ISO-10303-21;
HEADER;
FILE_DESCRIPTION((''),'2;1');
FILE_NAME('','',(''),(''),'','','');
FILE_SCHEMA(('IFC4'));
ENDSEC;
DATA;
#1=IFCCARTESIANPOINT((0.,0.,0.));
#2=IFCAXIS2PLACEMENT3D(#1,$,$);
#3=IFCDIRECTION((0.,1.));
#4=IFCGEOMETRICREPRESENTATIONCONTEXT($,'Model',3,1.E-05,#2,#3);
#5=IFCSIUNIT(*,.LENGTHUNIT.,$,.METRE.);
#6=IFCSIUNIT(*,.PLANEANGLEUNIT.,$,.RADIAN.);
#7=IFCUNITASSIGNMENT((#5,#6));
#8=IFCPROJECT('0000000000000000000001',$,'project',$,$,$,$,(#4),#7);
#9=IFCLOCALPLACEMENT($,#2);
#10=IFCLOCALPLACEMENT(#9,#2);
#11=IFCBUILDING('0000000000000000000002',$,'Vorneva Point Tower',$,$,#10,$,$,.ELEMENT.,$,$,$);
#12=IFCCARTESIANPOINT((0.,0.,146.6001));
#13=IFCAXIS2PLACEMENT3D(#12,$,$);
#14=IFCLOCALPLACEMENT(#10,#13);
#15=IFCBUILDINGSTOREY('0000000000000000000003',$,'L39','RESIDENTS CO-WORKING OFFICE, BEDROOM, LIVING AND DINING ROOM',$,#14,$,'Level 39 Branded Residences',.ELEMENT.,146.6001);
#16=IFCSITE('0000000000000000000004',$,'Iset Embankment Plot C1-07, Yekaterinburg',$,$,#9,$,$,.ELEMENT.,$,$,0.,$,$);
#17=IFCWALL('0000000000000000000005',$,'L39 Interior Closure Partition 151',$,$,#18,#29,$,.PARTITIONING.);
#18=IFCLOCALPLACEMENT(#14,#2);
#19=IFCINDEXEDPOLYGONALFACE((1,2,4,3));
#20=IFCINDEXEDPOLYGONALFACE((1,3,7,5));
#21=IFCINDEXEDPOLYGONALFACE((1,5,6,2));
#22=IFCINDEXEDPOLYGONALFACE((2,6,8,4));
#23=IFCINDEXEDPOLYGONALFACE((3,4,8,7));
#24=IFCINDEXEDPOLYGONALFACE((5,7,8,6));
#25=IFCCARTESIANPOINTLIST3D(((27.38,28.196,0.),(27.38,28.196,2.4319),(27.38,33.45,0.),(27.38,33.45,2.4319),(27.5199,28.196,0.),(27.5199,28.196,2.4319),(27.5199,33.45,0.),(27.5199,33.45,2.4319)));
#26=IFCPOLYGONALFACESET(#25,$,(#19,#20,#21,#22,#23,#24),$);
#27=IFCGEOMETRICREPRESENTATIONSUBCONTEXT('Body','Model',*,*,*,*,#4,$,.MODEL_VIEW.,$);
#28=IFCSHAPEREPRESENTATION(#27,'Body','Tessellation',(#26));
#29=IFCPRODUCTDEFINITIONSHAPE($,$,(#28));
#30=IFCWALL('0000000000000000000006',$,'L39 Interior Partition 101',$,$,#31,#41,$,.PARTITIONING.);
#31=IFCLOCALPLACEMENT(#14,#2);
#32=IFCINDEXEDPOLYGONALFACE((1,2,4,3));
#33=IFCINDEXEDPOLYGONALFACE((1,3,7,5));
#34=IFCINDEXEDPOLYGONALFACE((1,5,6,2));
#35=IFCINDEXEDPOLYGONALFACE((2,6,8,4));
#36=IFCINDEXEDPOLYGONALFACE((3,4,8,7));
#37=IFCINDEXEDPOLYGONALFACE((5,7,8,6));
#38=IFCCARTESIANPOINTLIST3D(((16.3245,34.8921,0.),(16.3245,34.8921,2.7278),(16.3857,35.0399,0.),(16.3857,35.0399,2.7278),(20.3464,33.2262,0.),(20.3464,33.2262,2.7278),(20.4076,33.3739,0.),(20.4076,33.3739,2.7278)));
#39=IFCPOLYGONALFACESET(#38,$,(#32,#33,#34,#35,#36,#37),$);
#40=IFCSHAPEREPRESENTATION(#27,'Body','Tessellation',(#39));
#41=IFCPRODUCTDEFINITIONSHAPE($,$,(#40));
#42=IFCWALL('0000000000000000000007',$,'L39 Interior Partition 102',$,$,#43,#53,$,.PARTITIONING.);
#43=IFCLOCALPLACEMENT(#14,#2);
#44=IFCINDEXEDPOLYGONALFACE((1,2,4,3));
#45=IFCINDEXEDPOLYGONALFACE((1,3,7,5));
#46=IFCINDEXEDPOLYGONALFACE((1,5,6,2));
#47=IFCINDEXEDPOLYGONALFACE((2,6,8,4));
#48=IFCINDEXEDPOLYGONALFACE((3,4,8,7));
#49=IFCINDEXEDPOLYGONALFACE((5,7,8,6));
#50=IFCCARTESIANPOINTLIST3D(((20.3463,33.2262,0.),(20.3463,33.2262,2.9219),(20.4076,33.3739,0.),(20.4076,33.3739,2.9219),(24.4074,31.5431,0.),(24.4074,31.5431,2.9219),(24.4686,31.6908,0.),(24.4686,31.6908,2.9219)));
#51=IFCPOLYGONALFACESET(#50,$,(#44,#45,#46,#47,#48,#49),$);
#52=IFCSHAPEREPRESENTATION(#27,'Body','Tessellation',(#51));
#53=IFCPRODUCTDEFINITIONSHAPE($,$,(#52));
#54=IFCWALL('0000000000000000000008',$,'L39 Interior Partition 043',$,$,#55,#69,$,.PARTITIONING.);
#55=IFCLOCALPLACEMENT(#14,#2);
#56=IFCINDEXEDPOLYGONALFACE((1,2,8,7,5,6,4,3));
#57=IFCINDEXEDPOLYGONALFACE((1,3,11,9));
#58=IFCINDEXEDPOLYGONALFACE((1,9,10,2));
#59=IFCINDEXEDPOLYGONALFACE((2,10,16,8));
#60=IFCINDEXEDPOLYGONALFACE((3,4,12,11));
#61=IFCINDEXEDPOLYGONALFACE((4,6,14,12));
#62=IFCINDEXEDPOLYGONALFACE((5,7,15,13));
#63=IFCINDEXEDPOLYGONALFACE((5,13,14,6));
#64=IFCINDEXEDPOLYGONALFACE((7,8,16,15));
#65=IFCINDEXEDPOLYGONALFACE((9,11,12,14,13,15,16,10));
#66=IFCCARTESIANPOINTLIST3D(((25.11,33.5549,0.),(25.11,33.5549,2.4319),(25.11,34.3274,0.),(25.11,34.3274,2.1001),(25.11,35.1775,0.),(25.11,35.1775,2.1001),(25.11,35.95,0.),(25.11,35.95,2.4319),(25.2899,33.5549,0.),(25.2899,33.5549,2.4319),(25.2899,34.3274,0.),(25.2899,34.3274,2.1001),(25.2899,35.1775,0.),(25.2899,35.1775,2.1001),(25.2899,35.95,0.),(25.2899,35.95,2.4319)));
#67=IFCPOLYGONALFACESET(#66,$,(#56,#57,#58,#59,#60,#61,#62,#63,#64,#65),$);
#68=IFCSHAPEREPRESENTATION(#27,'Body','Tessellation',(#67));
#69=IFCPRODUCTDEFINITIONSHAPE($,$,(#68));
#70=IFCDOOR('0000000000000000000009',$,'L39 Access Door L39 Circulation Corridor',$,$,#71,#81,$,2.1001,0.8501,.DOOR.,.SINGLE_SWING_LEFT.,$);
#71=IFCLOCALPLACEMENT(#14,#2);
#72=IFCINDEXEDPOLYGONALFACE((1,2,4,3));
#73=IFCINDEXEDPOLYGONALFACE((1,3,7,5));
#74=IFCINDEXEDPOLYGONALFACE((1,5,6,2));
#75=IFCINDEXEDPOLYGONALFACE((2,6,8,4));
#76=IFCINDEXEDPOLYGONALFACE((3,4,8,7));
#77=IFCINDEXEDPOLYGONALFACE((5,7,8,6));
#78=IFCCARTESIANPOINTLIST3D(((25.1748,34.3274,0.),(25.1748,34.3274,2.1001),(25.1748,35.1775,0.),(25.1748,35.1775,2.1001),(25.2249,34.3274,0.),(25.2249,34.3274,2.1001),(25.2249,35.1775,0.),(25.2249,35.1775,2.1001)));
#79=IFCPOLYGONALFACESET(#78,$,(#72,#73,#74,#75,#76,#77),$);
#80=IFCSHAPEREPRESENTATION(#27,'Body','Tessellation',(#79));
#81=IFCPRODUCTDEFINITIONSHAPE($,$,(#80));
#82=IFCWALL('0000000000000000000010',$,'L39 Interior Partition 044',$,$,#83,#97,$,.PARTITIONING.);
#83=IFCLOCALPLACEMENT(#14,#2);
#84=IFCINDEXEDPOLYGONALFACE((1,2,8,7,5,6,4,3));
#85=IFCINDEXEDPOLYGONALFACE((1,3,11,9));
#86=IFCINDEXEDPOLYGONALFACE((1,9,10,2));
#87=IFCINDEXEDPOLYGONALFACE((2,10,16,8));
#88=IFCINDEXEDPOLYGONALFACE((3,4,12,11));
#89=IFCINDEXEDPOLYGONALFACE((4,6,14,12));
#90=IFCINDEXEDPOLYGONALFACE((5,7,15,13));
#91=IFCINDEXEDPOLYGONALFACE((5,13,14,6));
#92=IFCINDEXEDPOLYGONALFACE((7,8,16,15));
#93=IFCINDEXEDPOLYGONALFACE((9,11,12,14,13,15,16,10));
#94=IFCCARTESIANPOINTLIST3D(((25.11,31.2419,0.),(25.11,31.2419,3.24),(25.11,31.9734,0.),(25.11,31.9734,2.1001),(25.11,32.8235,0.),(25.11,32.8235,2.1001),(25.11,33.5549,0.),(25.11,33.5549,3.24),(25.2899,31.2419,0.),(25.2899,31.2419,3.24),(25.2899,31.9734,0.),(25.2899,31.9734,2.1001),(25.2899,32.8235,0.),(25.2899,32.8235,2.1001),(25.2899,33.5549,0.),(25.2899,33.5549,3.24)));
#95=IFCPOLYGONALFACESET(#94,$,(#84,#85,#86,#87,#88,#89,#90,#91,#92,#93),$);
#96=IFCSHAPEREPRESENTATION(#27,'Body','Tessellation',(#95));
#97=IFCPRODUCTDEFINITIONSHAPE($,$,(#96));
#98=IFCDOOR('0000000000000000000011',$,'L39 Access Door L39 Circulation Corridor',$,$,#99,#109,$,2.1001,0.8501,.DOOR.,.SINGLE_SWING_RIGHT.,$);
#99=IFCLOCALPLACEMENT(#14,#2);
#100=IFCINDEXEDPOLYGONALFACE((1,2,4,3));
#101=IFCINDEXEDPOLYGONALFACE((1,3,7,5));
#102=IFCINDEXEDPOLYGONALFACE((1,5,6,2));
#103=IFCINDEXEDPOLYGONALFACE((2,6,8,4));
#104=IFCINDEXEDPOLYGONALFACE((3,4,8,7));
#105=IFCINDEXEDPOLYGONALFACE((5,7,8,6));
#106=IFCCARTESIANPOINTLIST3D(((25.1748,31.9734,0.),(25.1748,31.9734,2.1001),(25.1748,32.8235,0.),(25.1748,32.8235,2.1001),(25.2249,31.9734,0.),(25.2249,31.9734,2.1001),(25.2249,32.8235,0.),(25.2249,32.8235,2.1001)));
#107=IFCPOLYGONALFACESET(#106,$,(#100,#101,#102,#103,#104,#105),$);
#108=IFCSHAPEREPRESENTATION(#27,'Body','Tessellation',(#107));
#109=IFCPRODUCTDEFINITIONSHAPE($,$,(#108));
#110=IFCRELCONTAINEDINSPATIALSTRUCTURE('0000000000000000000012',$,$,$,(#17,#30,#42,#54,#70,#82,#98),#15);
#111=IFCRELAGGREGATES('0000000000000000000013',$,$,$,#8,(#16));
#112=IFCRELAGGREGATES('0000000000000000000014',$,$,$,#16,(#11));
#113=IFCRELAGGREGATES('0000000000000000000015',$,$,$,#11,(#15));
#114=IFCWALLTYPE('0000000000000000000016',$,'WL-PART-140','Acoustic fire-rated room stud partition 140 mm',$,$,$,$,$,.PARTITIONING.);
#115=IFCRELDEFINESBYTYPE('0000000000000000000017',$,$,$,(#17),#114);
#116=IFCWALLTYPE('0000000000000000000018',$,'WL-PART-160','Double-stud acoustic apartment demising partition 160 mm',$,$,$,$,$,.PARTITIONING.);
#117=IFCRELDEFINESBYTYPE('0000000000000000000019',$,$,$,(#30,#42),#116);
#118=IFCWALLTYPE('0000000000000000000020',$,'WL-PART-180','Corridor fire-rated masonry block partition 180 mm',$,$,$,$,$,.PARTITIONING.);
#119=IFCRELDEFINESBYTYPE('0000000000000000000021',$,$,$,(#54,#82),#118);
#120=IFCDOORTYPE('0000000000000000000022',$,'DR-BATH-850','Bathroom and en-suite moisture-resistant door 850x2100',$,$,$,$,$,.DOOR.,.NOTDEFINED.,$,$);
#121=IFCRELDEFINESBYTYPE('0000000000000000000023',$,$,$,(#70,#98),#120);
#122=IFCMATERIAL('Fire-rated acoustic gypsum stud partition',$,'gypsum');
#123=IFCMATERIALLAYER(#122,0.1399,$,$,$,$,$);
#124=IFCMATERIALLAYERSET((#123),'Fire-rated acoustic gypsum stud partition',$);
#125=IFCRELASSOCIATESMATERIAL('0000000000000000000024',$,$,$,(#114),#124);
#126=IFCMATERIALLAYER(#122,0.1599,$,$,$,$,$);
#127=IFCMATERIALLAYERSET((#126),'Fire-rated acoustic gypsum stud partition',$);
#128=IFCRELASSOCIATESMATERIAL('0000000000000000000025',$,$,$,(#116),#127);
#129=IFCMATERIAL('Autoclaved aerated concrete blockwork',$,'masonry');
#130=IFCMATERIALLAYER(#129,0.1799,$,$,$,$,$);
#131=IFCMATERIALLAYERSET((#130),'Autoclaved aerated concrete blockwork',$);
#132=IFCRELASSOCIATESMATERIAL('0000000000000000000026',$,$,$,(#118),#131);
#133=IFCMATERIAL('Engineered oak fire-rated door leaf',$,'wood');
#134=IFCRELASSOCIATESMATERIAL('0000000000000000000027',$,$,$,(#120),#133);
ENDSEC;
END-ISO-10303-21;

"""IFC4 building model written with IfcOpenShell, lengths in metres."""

from ifc_helpers import new_model, si_unit, direction, frame, frame_2d, origin, place, context, subcontext, project, spatial, rectangle, extrude, material, layer, layer_set, type_object, element, fill, save


model = new_model("IFC4")

# Units and contexts
model_context = context("Model", 3, precision=1e-05, world=origin(), true_north=direction((0.0, 1.0)))
body_context = subcontext(model_context, "Body", "Model", "MODEL_VIEW")
ifc_project = project(units=[si_unit("LENGTHUNIT", "METRE"), si_unit("PLANEANGLEUNIT", "RADIAN")], contexts=[model_context])

# Site, building, storey
site_placement = place(None, origin())
site = spatial("IfcSite", under=ifc_project, at=site_placement, Name="Iset Embankment Plot C1-07, Yekaterinburg", CompositionType="ELEMENT", RefElevation=0.0)
building_placement = place(site_placement, origin())
building = spatial("IfcBuilding", under=site, at=building_placement, Name="Vorneva Point Tower", CompositionType="ELEMENT")
storey_placement = place(building_placement, frame((0.0, 0.0, 146.6001)))
storey = spatial("IfcBuildingStorey", under=building, at=storey_placement, Name="L39", Description="RESIDENTS CO-WORKING OFFICE, BEDROOM, LIVING AND DINING ROOM", LongName="Level 39 Branded Residences", CompositionType="ELEMENT", Elevation=146.6001)

# Shared definitions
ifc_material_1 = material(Name="Fire-rated acoustic gypsum stud partition", Category="gypsum")

# Shared definitions
ifc_material_2 = material(Name="Engineered oak fire-rated door leaf", Category="wood")

# Walls
ifc_layer_1 = layer(ifc_material_1, 0.1399)
ifc_layer_set_1 = layer_set([ifc_layer_1], Name="Fire-rated acoustic gypsum stud partition")
wall_type_1 = type_object("IfcWallType", Name="WL-PART-140", Description="Acoustic fire-rated room stud partition 140 mm", PredefinedType="PARTITIONING", material=ifc_layer_set_1)
wall_1_placement = place(storey_placement, frame((27.45, 33.45, 0.0), z_axis=(0.0, 0.0, 1.0), x_axis=(0.0, -1.0, 0.0)))
element("IfcWall", 1, at=wall_1_placement, inside=storey, type_object=wall_type_1, Name="L39 Interior Closure Partition 151", PredefinedType="PARTITIONING", context=body_context, shape_type="SweptSolid", body=[
    extrude(rectangle(XDim=5.2539, YDim=0.1399, at=frame_2d((2.627, 0.0))), origin(), (0.0, 0.0, 1.0), 2.4319),
])
ifc_layer_2 = layer(ifc_material_1, 0.1599)
ifc_layer_set_2 = layer_set([ifc_layer_2], Name="Fire-rated acoustic gypsum stud partition")
wall_type_2 = type_object("IfcWallType", Name="WL-PART-160", Description="Double-stud acoustic apartment demising partition 160 mm", PredefinedType="PARTITIONING", material=ifc_layer_set_2)
wall_2_placement = place(storey_placement, frame((16.355, 34.9661, 0.0), z_axis=(0.0, 0.0, 1.0), x_axis=(0.923875, -0.382695, 0.0)))
element("IfcWall", 2, at=wall_2_placement, inside=storey, type_object=wall_type_2, Name="L39 Interior Partition 101", PredefinedType="PARTITIONING", context=body_context, shape_type="SweptSolid", body=[
    extrude(rectangle(XDim=4.3533, YDim=0.1599, at=frame_2d((2.1768, 0.0))), origin(), (0.0, 0.0, 1.0), 2.7278),
])
wall_3_placement = place(storey_placement, frame((20.377, 33.3, 0.0), z_axis=(0.0, 0.0, 1.0), x_axis=(0.923802, -0.382872, 0.0)))
element("IfcWall", 3, at=wall_3_placement, inside=storey, type_object=wall_type_2, Name="L39 Interior Partition 102", PredefinedType="PARTITIONING", context=body_context, shape_type="SweptSolid", body=[
    extrude(rectangle(XDim=4.396, YDim=0.1599, at=frame_2d((2.198, 0.0))), origin(), (0.0, 0.0, 1.0), 2.9219),
])

# Walls, openings, doors
ifc_material_3 = material(Name="Autoclaved aerated concrete blockwork", Category="masonry")
ifc_layer_3 = layer(ifc_material_3, 0.1799)
ifc_layer_set_3 = layer_set([ifc_layer_3], Name="Autoclaved aerated concrete blockwork")
wall_type_3 = type_object("IfcWallType", Name="WL-PART-180", Description="Corridor fire-rated masonry block partition 180 mm", PredefinedType="PARTITIONING", material=ifc_layer_set_3)
wall_4_placement = place(storey_placement, frame((25.2, 35.95, 0.0), z_axis=(0.0, 0.0, 1.0), x_axis=(0.0, -1.0, 0.0)))
wall_4 = element("IfcWall", 4, at=wall_4_placement, inside=storey, type_object=wall_type_3, Name="L39 Interior Partition 043", PredefinedType="PARTITIONING", context=body_context, shape_type="SweptSolid", body=[
    extrude(rectangle(XDim=2.395, YDim=0.1799, at=frame_2d((1.1975, 0.0))), origin(), (0.0, 0.0, 1.0), 2.4319),
])
opening_1_placement = place(wall_4_placement, frame((0.7725, 0.0, 0.0)))
opening_1 = element("IfcOpeningElement", 5, at=opening_1_placement, cuts=wall_4, PredefinedType="OPENING", context=body_context, shape_type="SweptSolid", body=[
    extrude(rectangle(XDim=0.8501, YDim=2.1001, at=frame_2d((0.425, 1.05))), frame((0.0, 0.105, 0.0), z_axis=(0.0, -1.0, 0.0), x_axis=(1.0, 0.0, 0.0)), (0.0, 0.0, 1.0), 0.2097),
])
door_type_1 = type_object("IfcDoorType", Name="DR-BATH-850", Description="Bathroom and en-suite moisture-resistant door 850x2100", OperationType="NOTDEFINED", PredefinedType="DOOR", material=ifc_material_2)
door_1_placement = place(opening_1_placement, origin())
door_1 = element("IfcDoor", 6, at=door_1_placement, inside=storey, type_object=door_type_1, Name="L39 Access Door L39 Circulation Corridor", OperationType="SINGLE_SWING_LEFT", OverallHeight=2.1001, OverallWidth=0.8501, PredefinedType="DOOR", context=body_context, shape_type="SweptSolid", body=[
    extrude(rectangle(XDim=0.8501, YDim=2.1001, at=frame_2d((0.425, 1.05))), frame((0.0, 0.0249, 0.0), z_axis=(0.0, -1.0, 0.0), x_axis=(1.0, 0.0, 0.0)), (0.0, 0.0, 1.0), 0.05),
])
fill(opening_1, door_1)
wall_5_placement = place(storey_placement, frame((25.2, 33.5549, 0.0), z_axis=(0.0, 0.0, 1.0), x_axis=(0.0, -1.0, 0.0)))
wall_5 = element("IfcWall", 7, at=wall_5_placement, inside=storey, type_object=wall_type_3, Name="L39 Interior Partition 044", PredefinedType="PARTITIONING", context=body_context, shape_type="SweptSolid", body=[
    extrude(rectangle(XDim=2.313, YDim=0.1799, at=frame_2d((1.1565, 0.0))), origin(), (0.0, 0.0, 1.0), 3.24),
])
opening_2_placement = place(wall_5_placement, frame((0.7314, 0.0, 0.0)))
opening_2 = element("IfcOpeningElement", 8, at=opening_2_placement, cuts=wall_5, PredefinedType="OPENING", context=body_context, shape_type="SweptSolid", body=[
    extrude(rectangle(XDim=0.8501, YDim=2.1001, at=frame_2d((0.425, 1.05))), frame((0.0, 0.105, 0.0), z_axis=(0.0, -1.0, 0.0), x_axis=(1.0, 0.0, 0.0)), (0.0, 0.0, 1.0), 0.2097),
])
door_2_placement = place(opening_2_placement, origin())
door_2 = element("IfcDoor", 9, at=door_2_placement, inside=storey, type_object=door_type_1, Name="L39 Access Door L39 Circulation Corridor", OperationType="SINGLE_SWING_RIGHT", OverallHeight=2.1001, OverallWidth=0.8501, PredefinedType="DOOR", context=body_context, shape_type="SweptSolid", body=[
    extrude(rectangle(XDim=0.8501, YDim=2.1001, at=frame_2d((0.425, 1.05))), frame((0.0, 0.0249, 0.0), z_axis=(0.0, -1.0, 0.0), x_axis=(1.0, 0.0, 0.0)), (0.0, 0.0, 1.0), 0.05),
])
fill(opening_2, door_2)

save(model, "model.ifc")
